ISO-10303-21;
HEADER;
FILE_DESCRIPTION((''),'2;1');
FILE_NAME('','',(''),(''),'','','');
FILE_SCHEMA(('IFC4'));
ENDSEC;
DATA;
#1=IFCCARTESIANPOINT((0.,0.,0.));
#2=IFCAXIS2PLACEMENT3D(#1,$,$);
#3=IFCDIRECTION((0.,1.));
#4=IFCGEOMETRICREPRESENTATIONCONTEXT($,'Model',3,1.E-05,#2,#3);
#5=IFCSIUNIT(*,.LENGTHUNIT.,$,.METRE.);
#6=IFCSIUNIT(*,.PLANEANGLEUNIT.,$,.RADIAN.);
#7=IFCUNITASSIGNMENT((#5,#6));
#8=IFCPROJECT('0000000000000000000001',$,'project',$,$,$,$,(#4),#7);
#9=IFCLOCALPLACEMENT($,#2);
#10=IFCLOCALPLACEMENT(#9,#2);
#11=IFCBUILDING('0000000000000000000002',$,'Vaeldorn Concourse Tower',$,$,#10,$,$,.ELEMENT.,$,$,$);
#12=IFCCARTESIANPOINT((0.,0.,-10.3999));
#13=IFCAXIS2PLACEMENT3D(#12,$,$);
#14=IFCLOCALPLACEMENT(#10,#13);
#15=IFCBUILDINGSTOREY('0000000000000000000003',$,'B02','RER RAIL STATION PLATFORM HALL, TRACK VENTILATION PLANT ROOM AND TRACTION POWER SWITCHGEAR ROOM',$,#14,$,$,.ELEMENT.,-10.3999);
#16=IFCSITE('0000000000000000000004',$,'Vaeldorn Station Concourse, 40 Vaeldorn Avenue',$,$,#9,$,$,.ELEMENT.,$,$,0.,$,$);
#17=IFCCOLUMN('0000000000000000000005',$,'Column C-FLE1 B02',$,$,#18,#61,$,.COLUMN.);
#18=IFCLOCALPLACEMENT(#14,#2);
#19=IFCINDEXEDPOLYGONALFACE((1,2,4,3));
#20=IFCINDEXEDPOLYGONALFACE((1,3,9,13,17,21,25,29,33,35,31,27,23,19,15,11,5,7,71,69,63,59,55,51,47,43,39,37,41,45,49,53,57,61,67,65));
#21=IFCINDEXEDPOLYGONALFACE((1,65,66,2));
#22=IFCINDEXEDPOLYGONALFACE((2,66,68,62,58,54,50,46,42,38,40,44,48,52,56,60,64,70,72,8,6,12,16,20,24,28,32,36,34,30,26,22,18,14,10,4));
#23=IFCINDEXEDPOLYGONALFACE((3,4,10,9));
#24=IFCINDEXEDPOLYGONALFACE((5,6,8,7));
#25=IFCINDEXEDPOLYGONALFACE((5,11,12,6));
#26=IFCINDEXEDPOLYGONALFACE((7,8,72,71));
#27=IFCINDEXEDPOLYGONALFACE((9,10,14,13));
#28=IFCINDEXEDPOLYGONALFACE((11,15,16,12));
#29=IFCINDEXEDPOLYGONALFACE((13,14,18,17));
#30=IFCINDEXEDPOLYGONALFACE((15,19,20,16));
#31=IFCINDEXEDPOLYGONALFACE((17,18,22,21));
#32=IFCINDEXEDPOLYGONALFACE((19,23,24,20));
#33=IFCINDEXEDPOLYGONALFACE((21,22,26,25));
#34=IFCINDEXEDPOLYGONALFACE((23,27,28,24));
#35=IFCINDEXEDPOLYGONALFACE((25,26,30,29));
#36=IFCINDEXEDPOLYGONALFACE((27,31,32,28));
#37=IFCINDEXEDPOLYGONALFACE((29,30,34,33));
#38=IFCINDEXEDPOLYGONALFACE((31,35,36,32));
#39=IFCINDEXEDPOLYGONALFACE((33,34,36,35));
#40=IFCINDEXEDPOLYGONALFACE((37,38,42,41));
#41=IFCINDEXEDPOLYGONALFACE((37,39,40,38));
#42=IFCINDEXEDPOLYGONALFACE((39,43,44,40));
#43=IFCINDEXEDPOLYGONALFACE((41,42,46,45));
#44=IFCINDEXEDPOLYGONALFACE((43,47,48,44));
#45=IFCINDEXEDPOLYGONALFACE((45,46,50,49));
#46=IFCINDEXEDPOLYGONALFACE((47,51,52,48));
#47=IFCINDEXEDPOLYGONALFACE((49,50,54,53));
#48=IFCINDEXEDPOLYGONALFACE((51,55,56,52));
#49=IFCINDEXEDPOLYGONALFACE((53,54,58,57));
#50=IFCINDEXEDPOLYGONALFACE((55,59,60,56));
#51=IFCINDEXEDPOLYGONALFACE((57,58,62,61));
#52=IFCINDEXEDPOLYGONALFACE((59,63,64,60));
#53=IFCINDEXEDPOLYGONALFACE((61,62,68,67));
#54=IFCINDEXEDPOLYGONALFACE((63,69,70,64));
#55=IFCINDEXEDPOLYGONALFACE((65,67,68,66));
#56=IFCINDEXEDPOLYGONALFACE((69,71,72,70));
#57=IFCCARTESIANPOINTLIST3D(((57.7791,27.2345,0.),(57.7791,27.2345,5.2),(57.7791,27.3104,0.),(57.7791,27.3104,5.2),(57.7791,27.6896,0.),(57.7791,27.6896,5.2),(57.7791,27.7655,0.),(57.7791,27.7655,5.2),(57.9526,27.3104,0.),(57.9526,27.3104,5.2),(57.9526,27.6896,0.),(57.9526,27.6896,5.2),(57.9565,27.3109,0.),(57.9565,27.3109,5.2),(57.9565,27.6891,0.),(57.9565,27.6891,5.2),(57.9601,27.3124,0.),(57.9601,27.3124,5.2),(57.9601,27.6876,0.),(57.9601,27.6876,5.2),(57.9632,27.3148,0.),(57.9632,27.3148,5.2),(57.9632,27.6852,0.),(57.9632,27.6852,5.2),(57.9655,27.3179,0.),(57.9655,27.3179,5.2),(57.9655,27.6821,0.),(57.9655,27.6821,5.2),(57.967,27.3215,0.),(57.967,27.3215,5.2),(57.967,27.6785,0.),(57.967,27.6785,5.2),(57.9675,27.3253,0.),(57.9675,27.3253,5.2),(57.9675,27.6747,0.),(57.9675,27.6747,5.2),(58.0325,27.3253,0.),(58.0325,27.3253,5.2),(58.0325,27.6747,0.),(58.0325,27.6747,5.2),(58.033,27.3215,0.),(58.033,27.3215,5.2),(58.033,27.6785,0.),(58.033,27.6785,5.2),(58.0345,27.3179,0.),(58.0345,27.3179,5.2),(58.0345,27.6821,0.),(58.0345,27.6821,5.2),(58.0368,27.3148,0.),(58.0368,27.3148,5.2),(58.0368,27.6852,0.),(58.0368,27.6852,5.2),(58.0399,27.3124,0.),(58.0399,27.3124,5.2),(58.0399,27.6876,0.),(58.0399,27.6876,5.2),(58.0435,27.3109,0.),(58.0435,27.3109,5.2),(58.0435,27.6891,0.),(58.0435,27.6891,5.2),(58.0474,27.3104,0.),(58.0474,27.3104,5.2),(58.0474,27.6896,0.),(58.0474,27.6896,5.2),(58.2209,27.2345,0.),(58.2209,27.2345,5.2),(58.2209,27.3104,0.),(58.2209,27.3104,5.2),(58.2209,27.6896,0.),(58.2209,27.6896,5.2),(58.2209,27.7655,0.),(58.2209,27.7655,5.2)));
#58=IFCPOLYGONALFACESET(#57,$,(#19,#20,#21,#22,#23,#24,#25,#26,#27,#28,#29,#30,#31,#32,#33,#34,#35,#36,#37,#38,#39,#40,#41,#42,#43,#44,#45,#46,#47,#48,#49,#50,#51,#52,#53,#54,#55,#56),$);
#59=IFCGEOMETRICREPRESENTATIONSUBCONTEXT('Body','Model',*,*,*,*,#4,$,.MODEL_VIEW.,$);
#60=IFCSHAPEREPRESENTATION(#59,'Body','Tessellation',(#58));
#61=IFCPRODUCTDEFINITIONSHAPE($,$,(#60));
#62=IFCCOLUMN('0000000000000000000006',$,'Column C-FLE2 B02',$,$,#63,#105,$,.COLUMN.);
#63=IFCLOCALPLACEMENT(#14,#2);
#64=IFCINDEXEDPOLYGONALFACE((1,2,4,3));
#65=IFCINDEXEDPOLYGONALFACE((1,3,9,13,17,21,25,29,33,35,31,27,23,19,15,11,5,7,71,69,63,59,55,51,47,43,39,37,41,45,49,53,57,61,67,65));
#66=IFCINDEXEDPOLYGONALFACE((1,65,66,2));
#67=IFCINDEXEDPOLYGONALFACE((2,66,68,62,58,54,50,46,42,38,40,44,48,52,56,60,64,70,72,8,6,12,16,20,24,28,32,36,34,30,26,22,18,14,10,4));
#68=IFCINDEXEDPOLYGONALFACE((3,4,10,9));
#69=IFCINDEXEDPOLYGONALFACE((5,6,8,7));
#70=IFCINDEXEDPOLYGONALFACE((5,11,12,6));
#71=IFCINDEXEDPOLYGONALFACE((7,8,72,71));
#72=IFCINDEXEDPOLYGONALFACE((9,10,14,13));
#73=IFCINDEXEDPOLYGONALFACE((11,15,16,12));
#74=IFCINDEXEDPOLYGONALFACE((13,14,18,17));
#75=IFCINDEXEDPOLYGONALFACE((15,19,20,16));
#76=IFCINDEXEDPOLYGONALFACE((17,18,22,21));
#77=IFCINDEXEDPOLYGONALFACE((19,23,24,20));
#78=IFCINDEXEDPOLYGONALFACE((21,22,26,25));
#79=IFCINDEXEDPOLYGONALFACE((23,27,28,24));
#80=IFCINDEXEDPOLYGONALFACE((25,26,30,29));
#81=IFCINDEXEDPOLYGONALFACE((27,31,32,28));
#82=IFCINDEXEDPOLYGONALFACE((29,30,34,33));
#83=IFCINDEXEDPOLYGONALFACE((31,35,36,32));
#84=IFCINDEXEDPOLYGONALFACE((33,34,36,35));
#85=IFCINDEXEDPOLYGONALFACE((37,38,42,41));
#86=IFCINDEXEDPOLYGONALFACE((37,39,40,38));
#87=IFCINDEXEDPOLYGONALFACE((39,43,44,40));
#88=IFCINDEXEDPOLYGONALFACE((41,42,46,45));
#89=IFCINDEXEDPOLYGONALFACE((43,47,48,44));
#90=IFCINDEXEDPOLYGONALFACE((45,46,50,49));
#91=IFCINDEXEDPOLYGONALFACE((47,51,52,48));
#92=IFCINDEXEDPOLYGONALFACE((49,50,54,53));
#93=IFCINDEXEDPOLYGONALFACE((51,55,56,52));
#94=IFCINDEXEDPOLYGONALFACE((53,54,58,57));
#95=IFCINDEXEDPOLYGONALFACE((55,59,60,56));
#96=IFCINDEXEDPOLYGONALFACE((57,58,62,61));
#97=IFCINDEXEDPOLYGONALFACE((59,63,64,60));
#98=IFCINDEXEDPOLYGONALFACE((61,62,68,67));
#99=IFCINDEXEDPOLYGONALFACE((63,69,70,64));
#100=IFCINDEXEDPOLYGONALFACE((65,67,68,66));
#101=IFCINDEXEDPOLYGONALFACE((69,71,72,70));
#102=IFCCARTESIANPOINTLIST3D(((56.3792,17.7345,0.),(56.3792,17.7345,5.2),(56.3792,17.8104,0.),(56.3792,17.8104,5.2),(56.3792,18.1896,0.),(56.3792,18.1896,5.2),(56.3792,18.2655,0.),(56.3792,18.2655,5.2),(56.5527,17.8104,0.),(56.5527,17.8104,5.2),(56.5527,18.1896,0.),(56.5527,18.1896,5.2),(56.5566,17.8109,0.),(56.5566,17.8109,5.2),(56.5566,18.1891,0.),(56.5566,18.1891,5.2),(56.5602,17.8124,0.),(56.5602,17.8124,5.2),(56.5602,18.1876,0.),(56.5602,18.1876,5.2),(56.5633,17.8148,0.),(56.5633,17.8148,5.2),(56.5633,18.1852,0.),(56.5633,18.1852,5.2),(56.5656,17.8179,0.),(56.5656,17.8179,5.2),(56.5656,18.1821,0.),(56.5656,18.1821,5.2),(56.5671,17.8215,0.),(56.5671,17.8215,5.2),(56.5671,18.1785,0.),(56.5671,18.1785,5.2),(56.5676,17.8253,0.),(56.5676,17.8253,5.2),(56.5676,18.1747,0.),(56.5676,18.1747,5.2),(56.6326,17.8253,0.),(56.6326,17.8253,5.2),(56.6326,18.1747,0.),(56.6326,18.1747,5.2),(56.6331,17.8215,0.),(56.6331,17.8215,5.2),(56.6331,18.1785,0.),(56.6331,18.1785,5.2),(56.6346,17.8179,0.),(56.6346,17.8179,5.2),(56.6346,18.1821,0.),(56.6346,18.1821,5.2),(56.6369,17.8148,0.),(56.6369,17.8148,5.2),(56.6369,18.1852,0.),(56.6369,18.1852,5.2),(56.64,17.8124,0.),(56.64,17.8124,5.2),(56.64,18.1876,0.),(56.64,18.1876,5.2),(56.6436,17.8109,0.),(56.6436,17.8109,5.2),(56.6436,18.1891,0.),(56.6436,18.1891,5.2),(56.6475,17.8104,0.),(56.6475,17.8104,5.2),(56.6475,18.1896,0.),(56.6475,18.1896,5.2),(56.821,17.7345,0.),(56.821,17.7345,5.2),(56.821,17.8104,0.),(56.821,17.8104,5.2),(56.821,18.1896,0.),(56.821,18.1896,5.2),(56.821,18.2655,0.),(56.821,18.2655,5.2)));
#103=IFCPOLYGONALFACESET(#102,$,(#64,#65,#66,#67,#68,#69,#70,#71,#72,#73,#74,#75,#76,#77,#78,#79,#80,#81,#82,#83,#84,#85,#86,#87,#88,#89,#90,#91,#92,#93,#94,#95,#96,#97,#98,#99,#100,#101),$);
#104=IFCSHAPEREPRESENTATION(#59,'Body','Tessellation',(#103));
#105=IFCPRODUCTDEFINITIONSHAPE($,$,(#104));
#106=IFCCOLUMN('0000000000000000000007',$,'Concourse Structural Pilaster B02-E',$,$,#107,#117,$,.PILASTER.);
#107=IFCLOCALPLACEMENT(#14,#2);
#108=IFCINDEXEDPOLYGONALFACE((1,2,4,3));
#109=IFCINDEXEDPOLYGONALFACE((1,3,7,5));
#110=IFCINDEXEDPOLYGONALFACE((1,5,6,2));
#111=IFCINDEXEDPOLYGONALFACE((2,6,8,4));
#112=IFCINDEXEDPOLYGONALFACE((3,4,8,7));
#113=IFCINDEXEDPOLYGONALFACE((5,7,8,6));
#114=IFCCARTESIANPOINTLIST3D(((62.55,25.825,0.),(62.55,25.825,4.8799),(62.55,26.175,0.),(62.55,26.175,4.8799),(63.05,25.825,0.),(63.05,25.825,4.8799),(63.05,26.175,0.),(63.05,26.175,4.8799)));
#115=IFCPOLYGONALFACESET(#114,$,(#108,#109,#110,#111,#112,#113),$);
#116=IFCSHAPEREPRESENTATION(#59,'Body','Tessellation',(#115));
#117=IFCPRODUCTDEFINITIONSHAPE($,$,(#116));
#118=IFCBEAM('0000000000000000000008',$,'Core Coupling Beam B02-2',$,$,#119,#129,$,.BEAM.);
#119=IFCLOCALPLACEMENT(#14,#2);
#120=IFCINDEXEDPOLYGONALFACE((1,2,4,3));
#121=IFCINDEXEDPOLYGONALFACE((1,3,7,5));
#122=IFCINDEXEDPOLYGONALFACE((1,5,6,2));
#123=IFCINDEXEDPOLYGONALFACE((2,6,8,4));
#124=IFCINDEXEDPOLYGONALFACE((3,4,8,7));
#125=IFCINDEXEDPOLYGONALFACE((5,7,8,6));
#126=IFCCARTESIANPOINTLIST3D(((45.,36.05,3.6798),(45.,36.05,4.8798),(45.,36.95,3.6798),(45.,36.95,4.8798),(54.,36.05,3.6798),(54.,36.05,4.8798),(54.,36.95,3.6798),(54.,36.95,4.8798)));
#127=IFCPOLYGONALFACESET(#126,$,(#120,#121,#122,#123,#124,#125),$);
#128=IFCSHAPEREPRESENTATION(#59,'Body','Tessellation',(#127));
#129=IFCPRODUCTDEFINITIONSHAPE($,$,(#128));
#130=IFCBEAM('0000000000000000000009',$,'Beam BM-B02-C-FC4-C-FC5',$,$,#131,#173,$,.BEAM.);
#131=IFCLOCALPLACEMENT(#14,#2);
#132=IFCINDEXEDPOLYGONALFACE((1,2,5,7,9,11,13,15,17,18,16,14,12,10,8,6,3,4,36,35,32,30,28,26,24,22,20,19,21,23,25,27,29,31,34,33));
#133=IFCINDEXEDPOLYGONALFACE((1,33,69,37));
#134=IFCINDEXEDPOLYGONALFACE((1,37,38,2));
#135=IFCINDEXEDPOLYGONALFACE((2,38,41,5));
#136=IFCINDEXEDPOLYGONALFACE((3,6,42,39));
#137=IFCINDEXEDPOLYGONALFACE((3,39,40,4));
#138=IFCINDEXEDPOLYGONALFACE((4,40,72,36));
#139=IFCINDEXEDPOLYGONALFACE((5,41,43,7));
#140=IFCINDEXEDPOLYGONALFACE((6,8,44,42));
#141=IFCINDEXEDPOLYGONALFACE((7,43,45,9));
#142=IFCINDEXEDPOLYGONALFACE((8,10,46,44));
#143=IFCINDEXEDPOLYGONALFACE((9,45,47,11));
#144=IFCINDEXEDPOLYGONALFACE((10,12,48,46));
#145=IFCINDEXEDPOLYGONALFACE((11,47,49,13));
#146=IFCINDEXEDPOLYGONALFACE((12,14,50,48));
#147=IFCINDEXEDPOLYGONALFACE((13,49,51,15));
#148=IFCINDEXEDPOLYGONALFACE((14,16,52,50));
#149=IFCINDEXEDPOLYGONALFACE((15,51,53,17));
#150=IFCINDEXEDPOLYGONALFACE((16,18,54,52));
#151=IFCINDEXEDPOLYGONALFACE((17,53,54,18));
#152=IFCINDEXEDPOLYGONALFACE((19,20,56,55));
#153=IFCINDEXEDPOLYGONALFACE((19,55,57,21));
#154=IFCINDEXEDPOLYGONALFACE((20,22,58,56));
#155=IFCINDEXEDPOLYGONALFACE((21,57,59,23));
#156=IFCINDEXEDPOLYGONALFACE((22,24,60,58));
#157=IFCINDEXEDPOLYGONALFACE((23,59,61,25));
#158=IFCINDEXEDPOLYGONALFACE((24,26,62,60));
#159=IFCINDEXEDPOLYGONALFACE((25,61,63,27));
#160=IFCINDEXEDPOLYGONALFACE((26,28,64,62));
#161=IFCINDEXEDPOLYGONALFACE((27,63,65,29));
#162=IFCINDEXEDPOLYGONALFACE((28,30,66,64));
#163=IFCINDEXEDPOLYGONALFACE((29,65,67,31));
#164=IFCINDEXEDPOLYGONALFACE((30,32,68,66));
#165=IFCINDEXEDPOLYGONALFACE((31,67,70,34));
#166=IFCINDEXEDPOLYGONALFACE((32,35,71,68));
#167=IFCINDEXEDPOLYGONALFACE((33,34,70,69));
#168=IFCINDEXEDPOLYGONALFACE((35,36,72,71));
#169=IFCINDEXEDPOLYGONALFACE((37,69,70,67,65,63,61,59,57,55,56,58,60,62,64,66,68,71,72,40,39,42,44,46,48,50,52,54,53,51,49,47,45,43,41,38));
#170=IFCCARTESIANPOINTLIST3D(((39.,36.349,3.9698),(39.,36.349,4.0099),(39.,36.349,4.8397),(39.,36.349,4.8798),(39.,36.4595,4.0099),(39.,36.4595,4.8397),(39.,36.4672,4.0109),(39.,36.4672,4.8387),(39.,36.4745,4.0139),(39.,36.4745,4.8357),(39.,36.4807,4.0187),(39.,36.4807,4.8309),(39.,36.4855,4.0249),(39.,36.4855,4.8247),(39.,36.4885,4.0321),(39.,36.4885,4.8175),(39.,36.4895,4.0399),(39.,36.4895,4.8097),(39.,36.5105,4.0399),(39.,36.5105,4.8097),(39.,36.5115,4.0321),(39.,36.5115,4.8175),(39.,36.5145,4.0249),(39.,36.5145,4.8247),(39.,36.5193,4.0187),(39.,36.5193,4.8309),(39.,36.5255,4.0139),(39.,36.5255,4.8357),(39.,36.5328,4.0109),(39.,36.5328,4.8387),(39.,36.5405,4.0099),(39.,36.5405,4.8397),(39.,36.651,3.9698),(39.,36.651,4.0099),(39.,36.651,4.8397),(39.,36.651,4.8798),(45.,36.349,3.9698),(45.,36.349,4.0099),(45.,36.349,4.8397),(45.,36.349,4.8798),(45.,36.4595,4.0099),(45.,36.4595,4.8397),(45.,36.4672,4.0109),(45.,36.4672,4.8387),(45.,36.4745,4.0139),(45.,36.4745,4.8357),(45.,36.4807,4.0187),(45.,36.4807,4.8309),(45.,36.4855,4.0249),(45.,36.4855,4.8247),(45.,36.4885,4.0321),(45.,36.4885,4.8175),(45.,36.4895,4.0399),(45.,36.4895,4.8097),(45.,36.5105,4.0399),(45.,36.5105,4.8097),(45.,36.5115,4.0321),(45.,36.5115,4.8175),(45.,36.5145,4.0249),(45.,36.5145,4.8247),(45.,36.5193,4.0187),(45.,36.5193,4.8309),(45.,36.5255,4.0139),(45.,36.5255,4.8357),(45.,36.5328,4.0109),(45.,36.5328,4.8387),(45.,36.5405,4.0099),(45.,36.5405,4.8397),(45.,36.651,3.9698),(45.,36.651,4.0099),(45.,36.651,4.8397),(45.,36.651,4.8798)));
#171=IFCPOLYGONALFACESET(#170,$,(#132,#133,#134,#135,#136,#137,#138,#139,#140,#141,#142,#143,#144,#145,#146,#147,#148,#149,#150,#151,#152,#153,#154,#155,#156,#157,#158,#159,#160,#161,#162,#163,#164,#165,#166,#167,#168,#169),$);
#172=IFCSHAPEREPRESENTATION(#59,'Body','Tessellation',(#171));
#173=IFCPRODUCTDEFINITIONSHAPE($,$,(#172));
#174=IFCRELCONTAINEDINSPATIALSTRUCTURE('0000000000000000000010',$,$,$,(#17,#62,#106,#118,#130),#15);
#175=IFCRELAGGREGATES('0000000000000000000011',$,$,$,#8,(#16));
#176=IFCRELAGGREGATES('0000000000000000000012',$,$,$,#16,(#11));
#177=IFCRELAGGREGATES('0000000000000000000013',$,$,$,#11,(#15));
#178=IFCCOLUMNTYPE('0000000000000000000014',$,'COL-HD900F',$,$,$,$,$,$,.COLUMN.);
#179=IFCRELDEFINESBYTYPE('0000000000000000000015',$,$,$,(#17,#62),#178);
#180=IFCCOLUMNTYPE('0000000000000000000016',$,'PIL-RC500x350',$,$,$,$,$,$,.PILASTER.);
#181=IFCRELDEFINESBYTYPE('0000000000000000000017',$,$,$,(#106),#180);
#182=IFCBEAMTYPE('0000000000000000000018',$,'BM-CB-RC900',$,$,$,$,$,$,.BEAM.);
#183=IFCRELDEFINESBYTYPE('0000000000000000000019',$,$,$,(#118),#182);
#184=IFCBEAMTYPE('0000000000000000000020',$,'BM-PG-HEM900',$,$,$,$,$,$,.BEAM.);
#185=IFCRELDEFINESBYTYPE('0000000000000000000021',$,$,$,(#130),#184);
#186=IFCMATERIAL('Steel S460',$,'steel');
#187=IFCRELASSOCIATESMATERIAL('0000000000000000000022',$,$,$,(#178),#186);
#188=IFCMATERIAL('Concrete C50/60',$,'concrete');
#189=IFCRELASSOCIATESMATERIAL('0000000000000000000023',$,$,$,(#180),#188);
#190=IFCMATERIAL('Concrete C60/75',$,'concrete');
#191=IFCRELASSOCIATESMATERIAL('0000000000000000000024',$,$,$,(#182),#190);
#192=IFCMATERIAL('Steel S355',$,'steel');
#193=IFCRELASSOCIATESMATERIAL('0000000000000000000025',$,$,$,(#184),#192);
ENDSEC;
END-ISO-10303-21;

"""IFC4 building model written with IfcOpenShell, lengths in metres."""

from ifc_helpers import new_model, si_unit, direction, frame, origin, origin_2d, place, context, subcontext, project, spatial, rectangle, i_section, extrude, source, transform, mapped, material, material_profile, profile_set, type_object, element, save


model = new_model("IFC4")

# Units and contexts
model_context = context("Model", 3, precision=1e-05, world=origin(), true_north=direction((0.0, 1.0)))
body_context = subcontext(model_context, "Body", "Model", "MODEL_VIEW")
ifc_project = project(units=[si_unit("LENGTHUNIT", "METRE"), si_unit("PLANEANGLEUNIT", "RADIAN")], contexts=[model_context])

# Site, building, storey
site_placement = place(None, origin())
site = spatial("IfcSite", under=ifc_project, at=site_placement, Name="Vaeldorn Station Concourse, 40 Vaeldorn Avenue", CompositionType="ELEMENT", RefElevation=0.0)
building_placement = place(site_placement, origin())
building = spatial("IfcBuilding", under=site, at=building_placement, Name="Vaeldorn Concourse Tower", CompositionType="ELEMENT")
storey_placement = place(building_placement, frame((0.0, 0.0, -10.3999)))
storey = spatial("IfcBuildingStorey", under=building, at=storey_placement, Name="B02", Description="RER RAIL STATION PLATFORM HALL, TRACK VENTILATION PLANT ROOM AND TRACTION POWER SWITCHGEAR ROOM", CompositionType="ELEMENT", Elevation=-10.3999)

# Columns
ifc_material_1 = material(Name="Concrete C60/75", Category="concrete")
ifc_material_2 = material(Name="Steel S460", Category="steel")
ifc_material_profile_1 = material_profile(ifc_material_2, i_section(OverallWidth=0.4419, OverallDepth=0.531, WebThickness=0.0649, FlangeThickness=0.0759, FilletRadius=0.0149, at=origin_2d()), Name="HD 400x900")
ifc_profile_set_1 = profile_set([ifc_material_profile_1], Name="Steel S460")
column_type_1 = type_object("IfcColumnType", Name="COL-HD900F", PredefinedType="COLUMN", material=ifc_profile_set_1)
shared_shape_1 = source(origin(), body_context, "Body", "SweptSolid", [
    extrude(i_section(OverallWidth=0.4419, OverallDepth=0.531, WebThickness=0.0649, FlangeThickness=0.0759, FilletRadius=0.0149, at=origin_2d()), origin(), (0.0, 0.0, 1.0), 5.2),
])
for number, where, z_axis, x_axis, name in (
    (1, (58.0, 27.5, 0.0), (0.0, 0.0, 1.0), (1.0, 0.0, 0.0), "Column C-FLE1 B02"),
    (2, (56.6001, 18.0, 0.0), (0.0, 0.0, 1.0), (1.0, 0.0, 0.0), "Column C-FLE2 B02"),
):
    element("IfcColumn", number, at=place(storey_placement, frame(where, z_axis=z_axis, x_axis=x_axis)), inside=storey, type_object=column_type_1, Name=name, PredefinedType="COLUMN", context=body_context, shape_type="MappedRepresentation", body=[
        mapped(shared_shape_1, transform((0.0, 0.0, 0.0), scale=1.0)),
    ])
ifc_material_3 = material(Name="Concrete C50/60", Category="concrete")
ifc_material_profile_2 = material_profile(ifc_material_3, rectangle(XDim=0.5, YDim=0.3501, at=origin_2d()), Name="RC 500x350")
ifc_profile_set_2 = profile_set([ifc_material_profile_2], Name="Concrete C50/60")
column_type_2 = type_object("IfcColumnType", Name="PIL-RC500x350", PredefinedType="PILASTER", material=ifc_profile_set_2)
shared_shape_2 = source(origin(), body_context, "Body", "SweptSolid", [
    extrude(rectangle(XDim=0.5, YDim=0.3501, at=origin_2d()), origin(), (0.0, 0.0, 1.0), 4.8799),
])
column_1_placement = place(storey_placement, frame((62.8, 26.0, 0.0), z_axis=(0.0, 0.0, 1.0), x_axis=(1.0, 0.0, 0.0)))
element("IfcColumn", 3, at=column_1_placement, inside=storey, type_object=column_type_2, Name="Concourse Structural Pilaster B02-E", PredefinedType="PILASTER", context=body_context, shape_type="MappedRepresentation", body=[
    mapped(shared_shape_2, transform((0.0, 0.0, 0.0), scale=1.0)),
])

# Beams
ifc_material_profile_3 = material_profile(ifc_material_1, rectangle(XDim=0.8999, YDim=1.2, at=origin_2d()), Name="RC 900x1200")
ifc_profile_set_3 = profile_set([ifc_material_profile_3], Name="Concrete C60/75")
beam_type_1 = type_object("IfcBeamType", Name="BM-CB-RC900", PredefinedType="BEAM", material=ifc_profile_set_3)
shared_shape_3 = source(origin(), body_context, "Body", "SweptSolid", [
    extrude(rectangle(XDim=0.8999, YDim=1.2, at=origin_2d()), origin(), (0.0, 0.0, 1.0), 9.0),
])
beam_1_placement = place(storey_placement, frame((45.0, 36.5, 4.2798), z_axis=(1.0, 0.0, 0.0), x_axis=(0.0, 1.0, 0.0)))
element("IfcBeam", 4, at=beam_1_placement, inside=storey, type_object=beam_type_1, Name="Core Coupling Beam B02-2", PredefinedType="BEAM", context=body_context, shape_type="MappedRepresentation", body=[
    mapped(shared_shape_3, transform((0.0, 0.0, 0.0), scale=1.0)),
])
ifc_material_4 = material(Name="Steel S355", Category="steel")
ifc_material_profile_4 = material_profile(ifc_material_4, i_section(OverallWidth=0.302, OverallDepth=0.9099, WebThickness=0.021, FlangeThickness=0.04, FilletRadius=0.03, at=origin_2d()), Name="HEM 900")
ifc_profile_set_4 = profile_set([ifc_material_profile_4], Name="Steel S355")
beam_type_2 = type_object("IfcBeamType", Name="BM-PG-HEM900", PredefinedType="BEAM", material=ifc_profile_set_4)
shared_shape_4 = source(origin(), body_context, "Body", "SweptSolid", [
    extrude(i_section(OverallWidth=0.302, OverallDepth=0.9099, WebThickness=0.021, FlangeThickness=0.04, FilletRadius=0.03, at=origin_2d()), origin(), (0.0, 0.0, 1.0), 6.0),
])
beam_2_placement = place(storey_placement, frame((39.0, 36.5, 4.4248), z_axis=(1.0, 0.0, 0.0), x_axis=(0.0, 1.0, 0.0)))
element("IfcBeam", 5, at=beam_2_placement, inside=storey, type_object=beam_type_2, Name="Beam BM-B02-C-FC4-C-FC5", PredefinedType="BEAM", context=body_context, shape_type="MappedRepresentation", body=[
    mapped(shared_shape_4, transform((0.0, 0.0, 0.0), scale=1.0)),
])

save(model, "model.ifc")
